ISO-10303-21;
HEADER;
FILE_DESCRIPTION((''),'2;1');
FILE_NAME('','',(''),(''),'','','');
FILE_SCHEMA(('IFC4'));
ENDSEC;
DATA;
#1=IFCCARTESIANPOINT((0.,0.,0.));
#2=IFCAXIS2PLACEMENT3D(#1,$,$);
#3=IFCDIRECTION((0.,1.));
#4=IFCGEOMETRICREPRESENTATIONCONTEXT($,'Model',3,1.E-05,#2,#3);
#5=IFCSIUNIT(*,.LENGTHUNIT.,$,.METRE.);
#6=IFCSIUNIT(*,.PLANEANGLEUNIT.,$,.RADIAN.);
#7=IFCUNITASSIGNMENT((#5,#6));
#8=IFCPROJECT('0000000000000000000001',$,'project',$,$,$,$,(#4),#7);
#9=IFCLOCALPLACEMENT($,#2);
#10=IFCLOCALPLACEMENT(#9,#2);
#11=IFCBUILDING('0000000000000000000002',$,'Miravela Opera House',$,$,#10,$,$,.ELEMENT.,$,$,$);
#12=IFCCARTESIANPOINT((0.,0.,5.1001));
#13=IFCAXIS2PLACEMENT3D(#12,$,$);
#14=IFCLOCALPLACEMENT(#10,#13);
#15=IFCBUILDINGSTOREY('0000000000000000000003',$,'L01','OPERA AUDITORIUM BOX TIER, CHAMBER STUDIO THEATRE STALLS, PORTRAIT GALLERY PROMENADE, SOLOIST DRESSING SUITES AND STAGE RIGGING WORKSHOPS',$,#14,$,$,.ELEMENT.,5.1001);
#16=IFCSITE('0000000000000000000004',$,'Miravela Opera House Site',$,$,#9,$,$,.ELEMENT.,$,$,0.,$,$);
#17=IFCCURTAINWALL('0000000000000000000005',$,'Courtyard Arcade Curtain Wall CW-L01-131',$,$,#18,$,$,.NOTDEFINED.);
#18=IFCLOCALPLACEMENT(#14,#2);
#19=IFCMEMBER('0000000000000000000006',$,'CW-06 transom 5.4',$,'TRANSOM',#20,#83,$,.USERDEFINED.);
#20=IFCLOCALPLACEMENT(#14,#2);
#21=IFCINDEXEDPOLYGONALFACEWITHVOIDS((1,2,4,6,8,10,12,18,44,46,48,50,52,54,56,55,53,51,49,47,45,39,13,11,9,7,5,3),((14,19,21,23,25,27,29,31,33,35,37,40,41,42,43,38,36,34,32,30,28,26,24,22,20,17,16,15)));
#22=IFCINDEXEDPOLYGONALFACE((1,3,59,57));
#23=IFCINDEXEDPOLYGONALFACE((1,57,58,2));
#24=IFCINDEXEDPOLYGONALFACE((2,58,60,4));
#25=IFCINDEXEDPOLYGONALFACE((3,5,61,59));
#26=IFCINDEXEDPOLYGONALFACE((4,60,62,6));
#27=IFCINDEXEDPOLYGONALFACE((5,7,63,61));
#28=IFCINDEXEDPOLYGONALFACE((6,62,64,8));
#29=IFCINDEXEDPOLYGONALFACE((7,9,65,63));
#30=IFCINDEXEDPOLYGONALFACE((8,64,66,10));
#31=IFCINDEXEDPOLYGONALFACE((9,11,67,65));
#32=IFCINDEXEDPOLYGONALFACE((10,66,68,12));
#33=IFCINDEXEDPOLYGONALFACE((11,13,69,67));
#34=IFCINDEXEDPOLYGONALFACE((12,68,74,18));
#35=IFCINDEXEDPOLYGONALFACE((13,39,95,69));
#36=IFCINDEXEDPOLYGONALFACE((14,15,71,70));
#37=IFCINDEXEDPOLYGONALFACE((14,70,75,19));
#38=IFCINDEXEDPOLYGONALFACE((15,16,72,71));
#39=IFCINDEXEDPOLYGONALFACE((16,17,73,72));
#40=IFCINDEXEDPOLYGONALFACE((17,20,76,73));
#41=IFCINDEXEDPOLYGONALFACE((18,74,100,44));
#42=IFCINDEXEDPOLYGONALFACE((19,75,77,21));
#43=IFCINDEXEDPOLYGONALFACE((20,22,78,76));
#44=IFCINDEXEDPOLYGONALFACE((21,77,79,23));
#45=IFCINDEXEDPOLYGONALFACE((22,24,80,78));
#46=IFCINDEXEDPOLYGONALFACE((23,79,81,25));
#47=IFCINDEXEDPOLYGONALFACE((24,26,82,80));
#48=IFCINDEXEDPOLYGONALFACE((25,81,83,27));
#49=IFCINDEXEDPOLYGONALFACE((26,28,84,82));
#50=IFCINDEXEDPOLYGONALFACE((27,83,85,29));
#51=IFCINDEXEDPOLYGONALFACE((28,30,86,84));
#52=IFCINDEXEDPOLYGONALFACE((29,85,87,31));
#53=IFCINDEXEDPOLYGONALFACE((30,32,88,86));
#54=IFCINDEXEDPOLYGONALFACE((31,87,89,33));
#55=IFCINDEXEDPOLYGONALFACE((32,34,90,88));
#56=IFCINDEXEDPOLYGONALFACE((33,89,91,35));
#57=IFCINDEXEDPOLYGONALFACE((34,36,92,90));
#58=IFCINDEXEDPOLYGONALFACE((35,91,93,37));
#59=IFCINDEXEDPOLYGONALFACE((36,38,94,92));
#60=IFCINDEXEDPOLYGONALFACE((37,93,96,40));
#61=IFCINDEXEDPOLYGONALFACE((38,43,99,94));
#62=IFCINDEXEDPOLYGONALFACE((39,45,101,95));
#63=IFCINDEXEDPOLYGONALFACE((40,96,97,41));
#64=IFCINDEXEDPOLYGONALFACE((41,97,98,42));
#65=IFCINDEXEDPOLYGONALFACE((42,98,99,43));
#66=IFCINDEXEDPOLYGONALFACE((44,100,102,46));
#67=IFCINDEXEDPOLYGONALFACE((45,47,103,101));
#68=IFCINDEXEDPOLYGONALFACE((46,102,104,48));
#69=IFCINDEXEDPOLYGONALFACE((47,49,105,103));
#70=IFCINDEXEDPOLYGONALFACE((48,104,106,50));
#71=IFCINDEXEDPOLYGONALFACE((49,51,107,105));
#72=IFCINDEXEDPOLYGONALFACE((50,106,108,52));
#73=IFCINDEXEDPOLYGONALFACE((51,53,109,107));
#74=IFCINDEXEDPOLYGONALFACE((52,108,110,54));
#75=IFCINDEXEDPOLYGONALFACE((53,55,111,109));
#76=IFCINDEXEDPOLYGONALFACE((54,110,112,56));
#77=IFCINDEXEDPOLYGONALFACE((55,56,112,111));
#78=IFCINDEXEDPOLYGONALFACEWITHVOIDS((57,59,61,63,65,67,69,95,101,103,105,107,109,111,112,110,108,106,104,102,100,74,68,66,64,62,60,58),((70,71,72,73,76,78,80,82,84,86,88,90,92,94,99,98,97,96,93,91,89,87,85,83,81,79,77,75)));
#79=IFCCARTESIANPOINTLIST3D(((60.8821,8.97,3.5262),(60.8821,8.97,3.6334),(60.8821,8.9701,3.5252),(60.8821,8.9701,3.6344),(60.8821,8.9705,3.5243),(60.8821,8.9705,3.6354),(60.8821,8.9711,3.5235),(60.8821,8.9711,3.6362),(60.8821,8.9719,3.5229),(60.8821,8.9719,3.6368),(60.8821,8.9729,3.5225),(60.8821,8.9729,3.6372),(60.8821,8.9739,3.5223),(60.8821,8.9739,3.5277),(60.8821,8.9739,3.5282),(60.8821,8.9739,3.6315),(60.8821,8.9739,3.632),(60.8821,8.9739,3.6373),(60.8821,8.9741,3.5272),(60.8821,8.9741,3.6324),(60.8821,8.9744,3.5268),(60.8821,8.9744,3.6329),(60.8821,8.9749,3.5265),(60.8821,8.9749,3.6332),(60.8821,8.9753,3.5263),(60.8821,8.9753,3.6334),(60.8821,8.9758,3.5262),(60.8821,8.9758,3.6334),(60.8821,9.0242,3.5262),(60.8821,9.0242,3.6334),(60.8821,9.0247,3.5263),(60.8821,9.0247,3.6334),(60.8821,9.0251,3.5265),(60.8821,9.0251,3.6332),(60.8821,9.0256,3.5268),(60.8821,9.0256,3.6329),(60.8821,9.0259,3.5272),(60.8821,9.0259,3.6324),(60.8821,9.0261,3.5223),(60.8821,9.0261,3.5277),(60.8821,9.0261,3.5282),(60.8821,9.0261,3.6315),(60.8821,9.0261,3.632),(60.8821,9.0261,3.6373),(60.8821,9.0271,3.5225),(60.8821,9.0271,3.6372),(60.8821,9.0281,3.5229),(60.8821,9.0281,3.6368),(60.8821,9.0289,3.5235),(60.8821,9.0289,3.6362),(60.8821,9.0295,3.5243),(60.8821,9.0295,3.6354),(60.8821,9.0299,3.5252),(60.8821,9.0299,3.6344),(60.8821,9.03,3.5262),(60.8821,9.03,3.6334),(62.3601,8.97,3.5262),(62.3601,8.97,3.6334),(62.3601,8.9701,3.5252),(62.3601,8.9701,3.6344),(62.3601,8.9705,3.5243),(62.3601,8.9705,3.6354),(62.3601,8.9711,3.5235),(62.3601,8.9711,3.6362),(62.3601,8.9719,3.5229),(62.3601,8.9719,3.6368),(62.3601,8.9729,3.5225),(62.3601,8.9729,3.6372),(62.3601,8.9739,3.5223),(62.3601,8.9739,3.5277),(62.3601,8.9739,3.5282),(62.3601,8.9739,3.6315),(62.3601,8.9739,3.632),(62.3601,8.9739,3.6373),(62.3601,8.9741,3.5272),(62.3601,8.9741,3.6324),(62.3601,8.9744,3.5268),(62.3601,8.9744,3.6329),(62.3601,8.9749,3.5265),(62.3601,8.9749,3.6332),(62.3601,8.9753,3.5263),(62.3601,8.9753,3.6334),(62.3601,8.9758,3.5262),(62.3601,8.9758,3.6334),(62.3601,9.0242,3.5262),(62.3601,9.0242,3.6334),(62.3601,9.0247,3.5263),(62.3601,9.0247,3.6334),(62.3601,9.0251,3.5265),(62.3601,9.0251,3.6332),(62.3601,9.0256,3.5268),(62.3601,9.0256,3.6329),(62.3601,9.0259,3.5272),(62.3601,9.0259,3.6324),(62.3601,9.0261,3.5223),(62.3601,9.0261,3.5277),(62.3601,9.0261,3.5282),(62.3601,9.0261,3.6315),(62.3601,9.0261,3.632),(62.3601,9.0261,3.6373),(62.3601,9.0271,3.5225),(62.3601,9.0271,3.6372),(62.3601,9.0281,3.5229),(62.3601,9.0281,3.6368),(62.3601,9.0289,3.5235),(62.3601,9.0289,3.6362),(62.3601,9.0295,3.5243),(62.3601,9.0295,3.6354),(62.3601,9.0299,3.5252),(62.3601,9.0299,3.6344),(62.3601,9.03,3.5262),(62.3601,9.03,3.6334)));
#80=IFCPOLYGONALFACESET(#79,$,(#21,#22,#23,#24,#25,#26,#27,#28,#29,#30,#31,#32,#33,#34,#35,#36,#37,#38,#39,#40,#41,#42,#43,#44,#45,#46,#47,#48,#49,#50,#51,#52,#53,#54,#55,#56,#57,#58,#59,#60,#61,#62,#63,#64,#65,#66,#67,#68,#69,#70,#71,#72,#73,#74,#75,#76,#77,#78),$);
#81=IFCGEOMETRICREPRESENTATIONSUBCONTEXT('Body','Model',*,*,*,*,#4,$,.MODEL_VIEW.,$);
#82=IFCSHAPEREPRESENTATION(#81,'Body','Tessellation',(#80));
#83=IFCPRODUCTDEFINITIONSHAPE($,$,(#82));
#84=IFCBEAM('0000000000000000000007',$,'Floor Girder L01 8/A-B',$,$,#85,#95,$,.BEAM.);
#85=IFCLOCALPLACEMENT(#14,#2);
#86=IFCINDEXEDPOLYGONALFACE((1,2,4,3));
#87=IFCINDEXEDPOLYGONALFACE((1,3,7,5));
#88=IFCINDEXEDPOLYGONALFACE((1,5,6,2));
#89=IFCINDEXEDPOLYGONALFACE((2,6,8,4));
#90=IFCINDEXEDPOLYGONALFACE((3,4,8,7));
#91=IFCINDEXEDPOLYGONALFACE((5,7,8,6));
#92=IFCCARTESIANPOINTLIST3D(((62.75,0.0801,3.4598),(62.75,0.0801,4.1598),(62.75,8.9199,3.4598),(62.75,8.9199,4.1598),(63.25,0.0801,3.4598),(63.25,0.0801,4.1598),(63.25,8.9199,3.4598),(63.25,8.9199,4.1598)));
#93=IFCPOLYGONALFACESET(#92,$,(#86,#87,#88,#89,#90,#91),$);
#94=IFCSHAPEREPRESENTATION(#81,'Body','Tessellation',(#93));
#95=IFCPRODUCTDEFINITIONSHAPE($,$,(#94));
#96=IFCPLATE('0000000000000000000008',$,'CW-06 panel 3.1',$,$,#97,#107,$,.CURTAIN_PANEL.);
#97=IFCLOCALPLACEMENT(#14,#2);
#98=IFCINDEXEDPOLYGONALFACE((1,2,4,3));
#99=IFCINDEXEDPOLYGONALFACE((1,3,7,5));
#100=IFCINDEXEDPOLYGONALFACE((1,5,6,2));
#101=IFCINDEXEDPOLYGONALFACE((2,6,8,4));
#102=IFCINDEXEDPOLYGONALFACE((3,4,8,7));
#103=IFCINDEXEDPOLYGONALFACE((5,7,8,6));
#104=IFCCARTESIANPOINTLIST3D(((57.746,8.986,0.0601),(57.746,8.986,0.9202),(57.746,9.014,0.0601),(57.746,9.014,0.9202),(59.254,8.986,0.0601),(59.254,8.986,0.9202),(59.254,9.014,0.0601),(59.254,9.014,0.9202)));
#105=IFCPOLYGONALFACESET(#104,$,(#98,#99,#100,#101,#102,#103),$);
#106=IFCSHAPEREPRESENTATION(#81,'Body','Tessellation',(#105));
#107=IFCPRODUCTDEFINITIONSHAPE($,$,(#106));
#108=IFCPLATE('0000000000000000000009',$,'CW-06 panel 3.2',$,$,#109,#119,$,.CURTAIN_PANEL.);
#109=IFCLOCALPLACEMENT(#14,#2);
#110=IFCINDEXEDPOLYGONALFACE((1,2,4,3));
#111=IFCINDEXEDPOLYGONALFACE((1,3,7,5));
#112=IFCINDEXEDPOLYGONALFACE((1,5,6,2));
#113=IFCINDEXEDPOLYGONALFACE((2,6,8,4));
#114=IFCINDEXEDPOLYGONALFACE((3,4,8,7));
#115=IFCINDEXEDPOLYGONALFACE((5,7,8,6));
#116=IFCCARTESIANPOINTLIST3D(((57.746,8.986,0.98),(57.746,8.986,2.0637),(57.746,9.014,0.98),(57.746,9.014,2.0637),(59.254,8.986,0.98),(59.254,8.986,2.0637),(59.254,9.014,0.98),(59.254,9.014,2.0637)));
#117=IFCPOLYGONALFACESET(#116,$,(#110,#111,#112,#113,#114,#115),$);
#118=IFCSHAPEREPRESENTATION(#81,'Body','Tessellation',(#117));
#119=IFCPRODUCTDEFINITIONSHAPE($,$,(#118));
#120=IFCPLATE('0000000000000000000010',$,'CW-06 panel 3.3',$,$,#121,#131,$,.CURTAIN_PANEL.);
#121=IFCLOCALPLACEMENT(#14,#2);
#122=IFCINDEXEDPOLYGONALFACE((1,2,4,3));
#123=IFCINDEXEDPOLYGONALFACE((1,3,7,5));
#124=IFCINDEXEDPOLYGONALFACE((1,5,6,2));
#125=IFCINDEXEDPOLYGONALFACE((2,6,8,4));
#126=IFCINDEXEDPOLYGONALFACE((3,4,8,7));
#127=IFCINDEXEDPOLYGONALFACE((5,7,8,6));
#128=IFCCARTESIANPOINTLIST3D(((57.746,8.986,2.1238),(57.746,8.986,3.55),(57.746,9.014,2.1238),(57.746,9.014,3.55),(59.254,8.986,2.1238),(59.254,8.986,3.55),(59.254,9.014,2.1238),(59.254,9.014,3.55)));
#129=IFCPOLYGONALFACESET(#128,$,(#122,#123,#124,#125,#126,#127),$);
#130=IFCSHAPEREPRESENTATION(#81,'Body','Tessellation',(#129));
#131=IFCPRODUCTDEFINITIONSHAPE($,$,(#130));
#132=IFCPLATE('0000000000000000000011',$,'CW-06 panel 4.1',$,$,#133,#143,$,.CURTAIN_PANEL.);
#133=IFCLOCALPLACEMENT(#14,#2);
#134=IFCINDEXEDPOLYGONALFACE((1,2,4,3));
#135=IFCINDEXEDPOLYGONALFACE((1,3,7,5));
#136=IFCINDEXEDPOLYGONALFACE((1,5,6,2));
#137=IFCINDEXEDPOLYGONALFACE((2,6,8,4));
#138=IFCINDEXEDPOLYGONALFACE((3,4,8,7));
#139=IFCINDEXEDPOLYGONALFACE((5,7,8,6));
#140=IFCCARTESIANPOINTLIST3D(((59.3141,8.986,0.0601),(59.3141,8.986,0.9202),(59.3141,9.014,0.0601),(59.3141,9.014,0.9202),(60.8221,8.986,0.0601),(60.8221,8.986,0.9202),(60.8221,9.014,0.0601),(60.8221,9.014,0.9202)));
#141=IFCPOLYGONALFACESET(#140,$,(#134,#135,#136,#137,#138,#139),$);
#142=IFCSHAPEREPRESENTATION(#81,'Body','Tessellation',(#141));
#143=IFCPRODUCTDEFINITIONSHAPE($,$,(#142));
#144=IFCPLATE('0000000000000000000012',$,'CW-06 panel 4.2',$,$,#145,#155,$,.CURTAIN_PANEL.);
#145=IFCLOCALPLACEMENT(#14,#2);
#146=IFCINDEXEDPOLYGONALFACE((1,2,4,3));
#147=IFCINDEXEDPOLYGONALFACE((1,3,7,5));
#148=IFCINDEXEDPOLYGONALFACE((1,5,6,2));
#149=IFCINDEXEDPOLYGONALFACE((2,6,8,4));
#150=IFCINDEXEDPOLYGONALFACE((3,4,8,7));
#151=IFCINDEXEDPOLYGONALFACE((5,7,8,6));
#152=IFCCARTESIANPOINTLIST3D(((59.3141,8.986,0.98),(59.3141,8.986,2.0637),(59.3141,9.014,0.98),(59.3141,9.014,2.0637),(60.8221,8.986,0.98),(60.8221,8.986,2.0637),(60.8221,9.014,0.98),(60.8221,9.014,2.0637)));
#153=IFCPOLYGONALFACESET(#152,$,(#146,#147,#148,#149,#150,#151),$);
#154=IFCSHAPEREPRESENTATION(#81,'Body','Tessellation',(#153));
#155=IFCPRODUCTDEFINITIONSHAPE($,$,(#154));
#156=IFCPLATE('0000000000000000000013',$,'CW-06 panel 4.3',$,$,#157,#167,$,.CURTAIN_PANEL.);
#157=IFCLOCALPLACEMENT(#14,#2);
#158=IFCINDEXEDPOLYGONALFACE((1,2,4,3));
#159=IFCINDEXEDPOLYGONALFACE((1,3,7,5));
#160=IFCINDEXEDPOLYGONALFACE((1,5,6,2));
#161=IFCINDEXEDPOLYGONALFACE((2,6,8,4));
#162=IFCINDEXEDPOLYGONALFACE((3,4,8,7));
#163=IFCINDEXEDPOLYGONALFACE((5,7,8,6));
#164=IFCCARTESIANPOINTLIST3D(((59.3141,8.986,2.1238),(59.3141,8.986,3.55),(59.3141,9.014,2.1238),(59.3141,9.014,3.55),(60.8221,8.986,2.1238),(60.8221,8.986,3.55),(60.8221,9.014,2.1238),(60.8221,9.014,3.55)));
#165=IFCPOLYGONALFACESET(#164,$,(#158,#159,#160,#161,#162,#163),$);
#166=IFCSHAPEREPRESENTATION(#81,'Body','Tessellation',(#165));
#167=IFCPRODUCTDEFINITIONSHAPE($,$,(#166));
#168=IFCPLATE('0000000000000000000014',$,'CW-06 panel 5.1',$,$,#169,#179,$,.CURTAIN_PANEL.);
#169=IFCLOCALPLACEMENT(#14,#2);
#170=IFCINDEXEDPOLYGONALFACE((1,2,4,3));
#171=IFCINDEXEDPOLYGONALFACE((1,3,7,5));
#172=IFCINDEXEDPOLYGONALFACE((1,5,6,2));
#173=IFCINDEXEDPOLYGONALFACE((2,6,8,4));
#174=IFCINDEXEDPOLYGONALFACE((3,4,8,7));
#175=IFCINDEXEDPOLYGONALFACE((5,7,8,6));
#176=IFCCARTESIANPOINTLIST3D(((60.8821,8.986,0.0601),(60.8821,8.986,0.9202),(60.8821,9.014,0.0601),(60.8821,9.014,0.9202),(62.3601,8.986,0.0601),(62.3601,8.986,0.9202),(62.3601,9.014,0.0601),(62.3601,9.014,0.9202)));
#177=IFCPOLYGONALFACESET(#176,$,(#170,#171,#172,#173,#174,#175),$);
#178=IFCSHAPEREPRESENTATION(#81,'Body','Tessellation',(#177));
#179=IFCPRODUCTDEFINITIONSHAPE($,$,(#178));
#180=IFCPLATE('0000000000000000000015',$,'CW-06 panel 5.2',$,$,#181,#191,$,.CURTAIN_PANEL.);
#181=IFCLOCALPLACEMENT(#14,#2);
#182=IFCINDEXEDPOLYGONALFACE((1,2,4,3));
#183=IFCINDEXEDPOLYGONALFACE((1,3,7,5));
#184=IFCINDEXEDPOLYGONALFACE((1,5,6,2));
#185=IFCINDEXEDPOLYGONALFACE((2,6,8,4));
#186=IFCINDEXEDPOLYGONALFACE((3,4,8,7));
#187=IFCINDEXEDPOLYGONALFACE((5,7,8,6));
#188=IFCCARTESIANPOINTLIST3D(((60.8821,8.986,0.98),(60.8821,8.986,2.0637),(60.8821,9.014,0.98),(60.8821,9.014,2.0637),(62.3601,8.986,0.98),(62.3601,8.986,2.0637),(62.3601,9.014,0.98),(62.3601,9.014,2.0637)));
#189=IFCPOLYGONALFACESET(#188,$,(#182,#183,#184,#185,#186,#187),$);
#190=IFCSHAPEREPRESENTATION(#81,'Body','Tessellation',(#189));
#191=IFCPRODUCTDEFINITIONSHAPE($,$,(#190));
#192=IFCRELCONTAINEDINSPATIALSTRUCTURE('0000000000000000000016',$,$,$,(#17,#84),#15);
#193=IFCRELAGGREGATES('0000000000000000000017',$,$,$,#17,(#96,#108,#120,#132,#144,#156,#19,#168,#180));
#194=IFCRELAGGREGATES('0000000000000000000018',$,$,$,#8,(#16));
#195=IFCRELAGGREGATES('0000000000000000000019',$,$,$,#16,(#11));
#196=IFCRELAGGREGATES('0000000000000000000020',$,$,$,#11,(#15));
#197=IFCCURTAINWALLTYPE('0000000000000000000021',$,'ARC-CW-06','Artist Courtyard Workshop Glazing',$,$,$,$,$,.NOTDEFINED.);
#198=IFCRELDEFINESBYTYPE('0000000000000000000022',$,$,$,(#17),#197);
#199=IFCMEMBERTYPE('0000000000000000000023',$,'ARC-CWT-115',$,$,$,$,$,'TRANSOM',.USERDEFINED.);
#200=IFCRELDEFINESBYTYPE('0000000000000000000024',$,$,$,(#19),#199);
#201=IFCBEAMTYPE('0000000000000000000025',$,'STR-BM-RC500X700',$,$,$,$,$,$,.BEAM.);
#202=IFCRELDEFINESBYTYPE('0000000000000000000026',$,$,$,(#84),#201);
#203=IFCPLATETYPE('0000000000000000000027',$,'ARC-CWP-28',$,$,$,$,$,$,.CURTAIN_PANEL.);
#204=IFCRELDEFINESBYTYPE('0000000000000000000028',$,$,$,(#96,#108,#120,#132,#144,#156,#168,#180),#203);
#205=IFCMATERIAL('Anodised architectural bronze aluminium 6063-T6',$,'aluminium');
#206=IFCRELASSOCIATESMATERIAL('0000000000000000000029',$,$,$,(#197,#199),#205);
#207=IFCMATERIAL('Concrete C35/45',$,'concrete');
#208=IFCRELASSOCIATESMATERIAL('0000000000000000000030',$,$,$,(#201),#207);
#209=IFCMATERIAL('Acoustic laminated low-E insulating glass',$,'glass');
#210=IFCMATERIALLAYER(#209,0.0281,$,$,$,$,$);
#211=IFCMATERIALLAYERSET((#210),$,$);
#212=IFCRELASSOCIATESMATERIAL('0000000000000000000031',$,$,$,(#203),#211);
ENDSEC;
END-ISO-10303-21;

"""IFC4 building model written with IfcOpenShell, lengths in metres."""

from ifc_helpers import new_model, si_unit, direction, frame, origin, origin_2d, place, context, subcontext, project, spatial, rectangle, hollow_rectangle, extrude, material, layer, layer_set, material_profile, profile_set, type_object, element, aggregate, save


model = new_model("IFC4")

# Units and contexts
model_context = context("Model", 3, precision=1e-05, world=origin(), true_north=direction((0.0, 1.0)))
body_context = subcontext(model_context, "Body", "Model", "MODEL_VIEW")
ifc_project = project(units=[si_unit("LENGTHUNIT", "METRE"), si_unit("PLANEANGLEUNIT", "RADIAN")], contexts=[model_context])

# Site, building, storey
site_placement = place(None, origin())
site = spatial("IfcSite", under=ifc_project, at=site_placement, Name="Miravela Opera House Site", CompositionType="ELEMENT", RefElevation=0.0)
building_placement = place(site_placement, origin())
building = spatial("IfcBuilding", under=site, at=building_placement, Name="Miravela Opera House", CompositionType="ELEMENT")
storey_placement = place(building_placement, frame((0.0, 0.0, 5.1001)))
storey = spatial("IfcBuildingStorey", under=building, at=storey_placement, Name="L01", Description="OPERA AUDITORIUM BOX TIER, CHAMBER STUDIO THEATRE STALLS, PORTRAIT GALLERY PROMENADE, SOLOIST DRESSING SUITES AND STAGE RIGGING WORKSHOPS", CompositionType="ELEMENT", Elevation=5.1001)

# Shared definitions
ifc_material_1 = material(Name="Concrete C35/45", Category="concrete")

# Curtain wall, member
ifc_material_2 = material(Name="Anodised architectural bronze aluminium 6063-T6", Category="aluminium")
curtain_wall_type = type_object("IfcCurtainWallType", Name="ARC-CW-06", Description="Artist Courtyard Workshop Glazing", PredefinedType="NOTDEFINED", material=ifc_material_2)
curtain_wall_placement = place(storey_placement, origin())
curtain_wall = element("IfcCurtainWall", 1, at=curtain_wall_placement, inside=storey, type_object=curtain_wall_type, Name="Courtyard Arcade Curtain Wall CW-L01-131", PredefinedType="NOTDEFINED")
ifc_material_profile_1 = material_profile(ifc_material_2, hollow_rectangle(XDim=0.0601, YDim=0.115, WallThickness=0.0039, InnerFilletRadius=0.002, OuterFilletRadius=0.0039, at=origin_2d()), Name="CWT-60X115")
ifc_profile_set_1 = profile_set([ifc_material_profile_1])
member_type_1 = type_object("IfcMemberType", Name="ARC-CWT-115", ElementType="TRANSOM", PredefinedType="USERDEFINED", material=ifc_profile_set_1)
member_1_placement = place(storey_placement, frame((60.8821, 9.0, 3.5798), z_axis=(1.0, 0.0, 0.0), x_axis=(0.0, 1.0, 0.0)))
member_1 = element("IfcMember", 2, at=member_1_placement, type_object=member_type_1, Name="CW-06 transom 5.4", ObjectType="TRANSOM", PredefinedType="USERDEFINED", context=body_context, shape_type="SweptSolid", body=[
    extrude(hollow_rectangle(XDim=0.0601, YDim=0.115, WallThickness=0.0039, InnerFilletRadius=0.002, OuterFilletRadius=0.0039, at=origin_2d()), origin(), (0.0, 0.0, 1.0), 1.478),
])

# Beam
ifc_material_profile_2 = material_profile(ifc_material_1, rectangle(XDim=0.5, YDim=0.7, at=origin_2d()), Name="RC-BM-500X700")
ifc_profile_set_2 = profile_set([ifc_material_profile_2])
beam_type = type_object("IfcBeamType", Name="STR-BM-RC500X700", PredefinedType="BEAM", material=ifc_profile_set_2)
beam_placement = place(storey_placement, frame((63.0, 0.0801, 3.8098), z_axis=(0.0, 1.0, 0.0), x_axis=(-1.0, 0.0, 0.0)))
element("IfcBeam", 3, at=beam_placement, inside=storey, type_object=beam_type, Name="Floor Girder L01 8/A-B", PredefinedType="BEAM", context=body_context, shape_type="SweptSolid", body=[
    extrude(rectangle(XDim=0.5, YDim=0.7, at=origin_2d()), origin(), (0.0, 0.0, 1.0), 8.8398),
])

# Plates
ifc_material_3 = material(Name="Acoustic laminated low-E insulating glass", Category="glass")
ifc_layer_1 = layer(ifc_material_3, 0.0281)
ifc_layer_set_1 = layer_set([ifc_layer_1])
plate_type = type_object("IfcPlateType", Name="ARC-CWP-28", PredefinedType="CURTAIN_PANEL", material=ifc_layer_set_1)
plate_1_placement = place(storey_placement, frame((58.5, 9.0, 0.0601), z_axis=(0.0, 0.0, 1.0), x_axis=(1.0, 0.0, 0.0)))
plate_1 = element("IfcPlate", 4, at=plate_1_placement, type_object=plate_type, Name="CW-06 panel 3.1", PredefinedType="CURTAIN_PANEL", context=body_context, shape_type="SweptSolid", body=[
    extrude(rectangle(XDim=1.5081, YDim=0.0281, at=origin_2d()), origin(), (0.0, 0.0, 1.0), 0.8601),
])
plate_2_placement = place(storey_placement, frame((58.5, 9.0, 0.98), z_axis=(0.0, 0.0, 1.0), x_axis=(1.0, 0.0, 0.0)))
plate_2 = element("IfcPlate", 5, at=plate_2_placement, type_object=plate_type, Name="CW-06 panel 3.2", PredefinedType="CURTAIN_PANEL", context=body_context, shape_type="SweptSolid", body=[
    extrude(rectangle(XDim=1.5081, YDim=0.0281, at=origin_2d()), origin(), (0.0, 0.0, 1.0), 1.0837),
])
plate_3_placement = place(storey_placement, frame((58.5, 9.0, 2.1238), z_axis=(0.0, 0.0, 1.0), x_axis=(1.0, 0.0, 0.0)))
plate_3 = element("IfcPlate", 6, at=plate_3_placement, type_object=plate_type, Name="CW-06 panel 3.3", PredefinedType="CURTAIN_PANEL", context=body_context, shape_type="SweptSolid", body=[
    extrude(rectangle(XDim=1.5081, YDim=0.0281, at=origin_2d()), origin(), (0.0, 0.0, 1.0), 1.4263),
])
plate_4_placement = place(storey_placement, frame((60.0681, 9.0, 0.0601), z_axis=(0.0, 0.0, 1.0), x_axis=(1.0, 0.0, 0.0)))
plate_4 = element("IfcPlate", 7, at=plate_4_placement, type_object=plate_type, Name="CW-06 panel 4.1", PredefinedType="CURTAIN_PANEL", context=body_context, shape_type="SweptSolid", body=[
    extrude(rectangle(XDim=1.5081, YDim=0.0281, at=origin_2d()), origin(), (0.0, 0.0, 1.0), 0.8601),
])
plate_5_placement = place(storey_placement, frame((60.0681, 9.0, 0.98), z_axis=(0.0, 0.0, 1.0), x_axis=(1.0, 0.0, 0.0)))
plate_5 = element("IfcPlate", 8, at=plate_5_placement, type_object=plate_type, Name="CW-06 panel 4.2", PredefinedType="CURTAIN_PANEL", context=body_context, shape_type="SweptSolid", body=[
    extrude(rectangle(XDim=1.5081, YDim=0.0281, at=origin_2d()), origin(), (0.0, 0.0, 1.0), 1.0837),
])
plate_6_placement = place(storey_placement, frame((60.0681, 9.0, 2.1238), z_axis=(0.0, 0.0, 1.0), x_axis=(1.0, 0.0, 0.0)))
plate_6 = element("IfcPlate", 9, at=plate_6_placement, type_object=plate_type, Name="CW-06 panel 4.3", PredefinedType="CURTAIN_PANEL", context=body_context, shape_type="SweptSolid", body=[
    extrude(rectangle(XDim=1.5081, YDim=0.0281, at=origin_2d()), origin(), (0.0, 0.0, 1.0), 1.4263),
])
plate_7_placement = place(storey_placement, frame((61.6211, 9.0, 0.0601), z_axis=(0.0, 0.0, 1.0), x_axis=(1.0, 0.0, 0.0)))
plate_7 = element("IfcPlate", 10, at=plate_7_placement, type_object=plate_type, Name="CW-06 panel 5.1", PredefinedType="CURTAIN_PANEL", context=body_context, shape_type="SweptSolid", body=[
    extrude(rectangle(XDim=1.478, YDim=0.0281, at=origin_2d()), origin(), (0.0, 0.0, 1.0), 0.8601),
])
plate_8_placement = place(storey_placement, frame((61.6211, 9.0, 0.98), z_axis=(0.0, 0.0, 1.0), x_axis=(1.0, 0.0, 0.0)))
plate_8 = element("IfcPlate", 11, at=plate_8_placement, type_object=plate_type, Name="CW-06 panel 5.2", PredefinedType="CURTAIN_PANEL", context=body_context, shape_type="SweptSolid", body=[
    extrude(rectangle(XDim=1.478, YDim=0.0281, at=origin_2d()), origin(), (0.0, 0.0, 1.0), 1.0837),
])
aggregate(curtain_wall, [plate_1, plate_2, plate_3, plate_4, plate_5, plate_6, member_1, plate_7, plate_8])

save(model, "model.ifc")
